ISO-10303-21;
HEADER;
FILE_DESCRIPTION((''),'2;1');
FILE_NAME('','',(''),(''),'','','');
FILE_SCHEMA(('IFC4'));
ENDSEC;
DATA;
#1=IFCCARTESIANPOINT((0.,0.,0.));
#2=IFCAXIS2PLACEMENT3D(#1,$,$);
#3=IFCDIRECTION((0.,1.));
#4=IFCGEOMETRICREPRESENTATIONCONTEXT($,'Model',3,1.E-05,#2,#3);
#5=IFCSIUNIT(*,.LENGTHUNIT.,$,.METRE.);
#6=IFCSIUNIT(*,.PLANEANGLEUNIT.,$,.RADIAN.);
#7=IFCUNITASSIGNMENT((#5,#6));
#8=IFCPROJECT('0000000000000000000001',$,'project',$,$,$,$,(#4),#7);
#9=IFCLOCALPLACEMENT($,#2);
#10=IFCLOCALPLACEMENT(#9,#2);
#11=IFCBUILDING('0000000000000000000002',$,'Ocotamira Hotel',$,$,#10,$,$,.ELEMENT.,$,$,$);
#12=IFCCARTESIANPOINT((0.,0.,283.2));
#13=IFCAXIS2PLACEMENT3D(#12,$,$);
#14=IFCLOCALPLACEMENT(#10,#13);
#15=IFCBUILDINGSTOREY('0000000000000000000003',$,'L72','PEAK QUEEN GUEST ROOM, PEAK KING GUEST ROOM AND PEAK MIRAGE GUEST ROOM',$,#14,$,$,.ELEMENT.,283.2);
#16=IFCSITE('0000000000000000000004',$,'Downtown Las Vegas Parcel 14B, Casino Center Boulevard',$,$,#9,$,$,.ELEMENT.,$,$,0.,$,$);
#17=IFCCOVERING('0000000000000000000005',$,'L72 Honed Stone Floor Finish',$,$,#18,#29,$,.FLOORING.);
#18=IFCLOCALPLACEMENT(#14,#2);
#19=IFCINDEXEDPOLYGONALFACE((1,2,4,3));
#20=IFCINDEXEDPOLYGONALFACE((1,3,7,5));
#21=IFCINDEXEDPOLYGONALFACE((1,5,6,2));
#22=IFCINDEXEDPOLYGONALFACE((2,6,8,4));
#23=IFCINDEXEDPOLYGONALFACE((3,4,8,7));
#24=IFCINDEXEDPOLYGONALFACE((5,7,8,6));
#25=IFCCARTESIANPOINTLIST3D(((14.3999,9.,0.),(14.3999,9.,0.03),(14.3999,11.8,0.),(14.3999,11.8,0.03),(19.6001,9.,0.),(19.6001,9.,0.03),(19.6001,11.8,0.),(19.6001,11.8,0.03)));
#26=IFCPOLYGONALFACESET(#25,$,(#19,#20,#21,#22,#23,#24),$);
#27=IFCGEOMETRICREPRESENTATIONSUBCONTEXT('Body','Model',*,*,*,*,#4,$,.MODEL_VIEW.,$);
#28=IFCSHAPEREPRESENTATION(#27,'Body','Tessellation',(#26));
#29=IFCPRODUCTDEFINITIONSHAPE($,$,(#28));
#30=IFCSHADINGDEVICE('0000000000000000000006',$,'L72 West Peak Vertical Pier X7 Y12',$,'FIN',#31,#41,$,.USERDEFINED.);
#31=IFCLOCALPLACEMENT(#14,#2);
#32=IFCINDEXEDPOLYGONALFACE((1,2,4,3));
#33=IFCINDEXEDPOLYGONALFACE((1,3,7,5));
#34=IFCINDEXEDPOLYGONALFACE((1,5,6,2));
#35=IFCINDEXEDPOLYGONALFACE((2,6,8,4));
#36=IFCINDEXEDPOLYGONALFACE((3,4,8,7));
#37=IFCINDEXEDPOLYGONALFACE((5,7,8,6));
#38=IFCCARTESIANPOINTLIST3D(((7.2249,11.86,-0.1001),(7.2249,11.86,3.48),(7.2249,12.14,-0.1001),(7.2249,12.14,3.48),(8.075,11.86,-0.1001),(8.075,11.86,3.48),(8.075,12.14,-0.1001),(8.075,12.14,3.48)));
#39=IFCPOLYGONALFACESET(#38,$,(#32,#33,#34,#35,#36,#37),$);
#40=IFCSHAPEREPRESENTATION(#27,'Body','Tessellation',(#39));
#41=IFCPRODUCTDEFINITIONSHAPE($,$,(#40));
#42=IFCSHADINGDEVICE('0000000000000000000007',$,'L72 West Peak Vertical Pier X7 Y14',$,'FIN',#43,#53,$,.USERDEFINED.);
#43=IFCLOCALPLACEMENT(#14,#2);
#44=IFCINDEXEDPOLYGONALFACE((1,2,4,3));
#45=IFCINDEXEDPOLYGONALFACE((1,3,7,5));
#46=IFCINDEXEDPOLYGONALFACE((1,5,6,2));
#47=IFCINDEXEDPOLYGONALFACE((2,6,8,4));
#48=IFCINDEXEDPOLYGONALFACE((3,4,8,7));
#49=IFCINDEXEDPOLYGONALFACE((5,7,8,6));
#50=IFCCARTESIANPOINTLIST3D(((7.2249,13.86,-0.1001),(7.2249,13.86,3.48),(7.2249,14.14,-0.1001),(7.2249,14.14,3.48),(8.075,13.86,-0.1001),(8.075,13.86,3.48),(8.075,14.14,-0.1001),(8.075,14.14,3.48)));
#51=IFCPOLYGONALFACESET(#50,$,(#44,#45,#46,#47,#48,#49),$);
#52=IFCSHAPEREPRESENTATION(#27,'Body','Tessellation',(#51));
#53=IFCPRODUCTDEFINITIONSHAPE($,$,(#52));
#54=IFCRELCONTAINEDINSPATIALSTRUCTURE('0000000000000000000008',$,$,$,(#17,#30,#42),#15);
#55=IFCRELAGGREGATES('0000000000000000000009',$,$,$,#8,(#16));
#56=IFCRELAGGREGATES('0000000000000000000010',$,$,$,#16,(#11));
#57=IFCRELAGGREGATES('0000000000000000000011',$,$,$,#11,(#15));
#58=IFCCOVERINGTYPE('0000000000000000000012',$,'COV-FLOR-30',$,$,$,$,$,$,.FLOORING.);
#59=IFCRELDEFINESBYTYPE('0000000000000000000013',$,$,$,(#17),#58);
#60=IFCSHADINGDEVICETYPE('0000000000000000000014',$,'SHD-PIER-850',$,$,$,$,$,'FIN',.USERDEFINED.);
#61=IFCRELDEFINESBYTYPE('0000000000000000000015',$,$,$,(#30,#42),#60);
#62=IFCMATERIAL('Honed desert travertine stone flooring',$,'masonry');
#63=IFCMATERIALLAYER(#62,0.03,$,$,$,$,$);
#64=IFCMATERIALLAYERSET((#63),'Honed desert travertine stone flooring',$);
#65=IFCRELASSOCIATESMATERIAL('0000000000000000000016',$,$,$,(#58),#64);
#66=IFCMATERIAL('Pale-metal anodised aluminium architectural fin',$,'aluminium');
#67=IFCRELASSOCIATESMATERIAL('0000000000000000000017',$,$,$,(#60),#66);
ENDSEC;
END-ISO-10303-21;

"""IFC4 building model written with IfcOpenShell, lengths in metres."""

from ifc_helpers import new_model, si_unit, direction, frame, origin, origin_2d, place, context, subcontext, project, spatial, polyline, rectangle, outline, extrude, source, transform, mapped, material, layer, layer_set, type_object, element, save


model = new_model("IFC4")

# Units and contexts
model_context = context("Model", 3, precision=1e-05, world=origin(), true_north=direction((0.0, 1.0)))
body_context = subcontext(model_context, "Body", "Model", "MODEL_VIEW")
ifc_project = project(units=[si_unit("LENGTHUNIT", "METRE"), si_unit("PLANEANGLEUNIT", "RADIAN")], contexts=[model_context])

# Site, building, storey
site_placement = place(None, origin())
site = spatial("IfcSite", under=ifc_project, at=site_placement, Name="Downtown Las Vegas Parcel 14B, Casino Center Boulevard", CompositionType="ELEMENT", RefElevation=0.0)
building_placement = place(site_placement, origin())
building = spatial("IfcBuilding", under=site, at=building_placement, Name="Ocotamira Hotel", CompositionType="ELEMENT")
storey_placement = place(building_placement, frame((0.0, 0.0, 283.2)))
storey = spatial("IfcBuildingStorey", under=building, at=storey_placement, Name="L72", Description="PEAK QUEEN GUEST ROOM, PEAK KING GUEST ROOM AND PEAK MIRAGE GUEST ROOM", CompositionType="ELEMENT", Elevation=283.2)

# Covering
ifc_material_1 = material(Name="Honed desert travertine stone flooring", Category="masonry")
ifc_layer_1 = layer(ifc_material_1, 0.03)
ifc_layer_set_1 = layer_set([ifc_layer_1], Name="Honed desert travertine stone flooring")
covering_type_1 = type_object("IfcCoveringType", Name="COV-FLOR-30", PredefinedType="FLOORING", material=ifc_layer_set_1)
covering_1_placement = place(storey_placement, origin())
element("IfcCovering", 1, at=covering_1_placement, inside=storey, type_object=covering_type_1, Name="L72 Honed Stone Floor Finish", PredefinedType="FLOORING", context=body_context, shape_type="SweptSolid", body=[
    extrude(outline(polyline([(14.3999, 9.0), (19.6001, 9.0), (19.6001, 11.8), (14.3999, 11.8), (14.3999, 9.0)])), origin(), (0.0, 0.0, 1.0), 0.03),
])

# Shading devices
ifc_material_2 = material(Name="Pale-metal anodised aluminium architectural fin", Category="aluminium")
shading_device_type = type_object("IfcShadingDeviceType", Name="SHD-PIER-850", ElementType="FIN", PredefinedType="USERDEFINED", material=ifc_material_2)
shared_shape_1 = source(origin(), body_context, "Body", "SweptSolid", [
    extrude(rectangle(XDim=0.8501, YDim=0.28, at=origin_2d()), origin(), (0.0, 0.0, 1.0), 3.5801),
])
for number, where, z_axis, x_axis, name in (
    (2, (7.6499, 12.0, -0.1001), (0.0, 0.0, 1.0), (1.0, 0.0, 0.0), "L72 West Peak Vertical Pier X7 Y12"),
    (3, (7.6499, 14.0, -0.1001), (0.0, 0.0, 1.0), (1.0, 0.0, 0.0), "L72 West Peak Vertical Pier X7 Y14"),
):
    element("IfcShadingDevice", number, at=place(storey_placement, frame(where, z_axis=z_axis, x_axis=x_axis)), inside=storey, type_object=shading_device_type, Name=name, ObjectType="FIN", PredefinedType="USERDEFINED", context=body_context, shape_type="MappedRepresentation", body=[
        mapped(shared_shape_1, transform((0.0, 0.0, 0.0), scale=1.0)),
    ])

save(model, "model.ifc")
